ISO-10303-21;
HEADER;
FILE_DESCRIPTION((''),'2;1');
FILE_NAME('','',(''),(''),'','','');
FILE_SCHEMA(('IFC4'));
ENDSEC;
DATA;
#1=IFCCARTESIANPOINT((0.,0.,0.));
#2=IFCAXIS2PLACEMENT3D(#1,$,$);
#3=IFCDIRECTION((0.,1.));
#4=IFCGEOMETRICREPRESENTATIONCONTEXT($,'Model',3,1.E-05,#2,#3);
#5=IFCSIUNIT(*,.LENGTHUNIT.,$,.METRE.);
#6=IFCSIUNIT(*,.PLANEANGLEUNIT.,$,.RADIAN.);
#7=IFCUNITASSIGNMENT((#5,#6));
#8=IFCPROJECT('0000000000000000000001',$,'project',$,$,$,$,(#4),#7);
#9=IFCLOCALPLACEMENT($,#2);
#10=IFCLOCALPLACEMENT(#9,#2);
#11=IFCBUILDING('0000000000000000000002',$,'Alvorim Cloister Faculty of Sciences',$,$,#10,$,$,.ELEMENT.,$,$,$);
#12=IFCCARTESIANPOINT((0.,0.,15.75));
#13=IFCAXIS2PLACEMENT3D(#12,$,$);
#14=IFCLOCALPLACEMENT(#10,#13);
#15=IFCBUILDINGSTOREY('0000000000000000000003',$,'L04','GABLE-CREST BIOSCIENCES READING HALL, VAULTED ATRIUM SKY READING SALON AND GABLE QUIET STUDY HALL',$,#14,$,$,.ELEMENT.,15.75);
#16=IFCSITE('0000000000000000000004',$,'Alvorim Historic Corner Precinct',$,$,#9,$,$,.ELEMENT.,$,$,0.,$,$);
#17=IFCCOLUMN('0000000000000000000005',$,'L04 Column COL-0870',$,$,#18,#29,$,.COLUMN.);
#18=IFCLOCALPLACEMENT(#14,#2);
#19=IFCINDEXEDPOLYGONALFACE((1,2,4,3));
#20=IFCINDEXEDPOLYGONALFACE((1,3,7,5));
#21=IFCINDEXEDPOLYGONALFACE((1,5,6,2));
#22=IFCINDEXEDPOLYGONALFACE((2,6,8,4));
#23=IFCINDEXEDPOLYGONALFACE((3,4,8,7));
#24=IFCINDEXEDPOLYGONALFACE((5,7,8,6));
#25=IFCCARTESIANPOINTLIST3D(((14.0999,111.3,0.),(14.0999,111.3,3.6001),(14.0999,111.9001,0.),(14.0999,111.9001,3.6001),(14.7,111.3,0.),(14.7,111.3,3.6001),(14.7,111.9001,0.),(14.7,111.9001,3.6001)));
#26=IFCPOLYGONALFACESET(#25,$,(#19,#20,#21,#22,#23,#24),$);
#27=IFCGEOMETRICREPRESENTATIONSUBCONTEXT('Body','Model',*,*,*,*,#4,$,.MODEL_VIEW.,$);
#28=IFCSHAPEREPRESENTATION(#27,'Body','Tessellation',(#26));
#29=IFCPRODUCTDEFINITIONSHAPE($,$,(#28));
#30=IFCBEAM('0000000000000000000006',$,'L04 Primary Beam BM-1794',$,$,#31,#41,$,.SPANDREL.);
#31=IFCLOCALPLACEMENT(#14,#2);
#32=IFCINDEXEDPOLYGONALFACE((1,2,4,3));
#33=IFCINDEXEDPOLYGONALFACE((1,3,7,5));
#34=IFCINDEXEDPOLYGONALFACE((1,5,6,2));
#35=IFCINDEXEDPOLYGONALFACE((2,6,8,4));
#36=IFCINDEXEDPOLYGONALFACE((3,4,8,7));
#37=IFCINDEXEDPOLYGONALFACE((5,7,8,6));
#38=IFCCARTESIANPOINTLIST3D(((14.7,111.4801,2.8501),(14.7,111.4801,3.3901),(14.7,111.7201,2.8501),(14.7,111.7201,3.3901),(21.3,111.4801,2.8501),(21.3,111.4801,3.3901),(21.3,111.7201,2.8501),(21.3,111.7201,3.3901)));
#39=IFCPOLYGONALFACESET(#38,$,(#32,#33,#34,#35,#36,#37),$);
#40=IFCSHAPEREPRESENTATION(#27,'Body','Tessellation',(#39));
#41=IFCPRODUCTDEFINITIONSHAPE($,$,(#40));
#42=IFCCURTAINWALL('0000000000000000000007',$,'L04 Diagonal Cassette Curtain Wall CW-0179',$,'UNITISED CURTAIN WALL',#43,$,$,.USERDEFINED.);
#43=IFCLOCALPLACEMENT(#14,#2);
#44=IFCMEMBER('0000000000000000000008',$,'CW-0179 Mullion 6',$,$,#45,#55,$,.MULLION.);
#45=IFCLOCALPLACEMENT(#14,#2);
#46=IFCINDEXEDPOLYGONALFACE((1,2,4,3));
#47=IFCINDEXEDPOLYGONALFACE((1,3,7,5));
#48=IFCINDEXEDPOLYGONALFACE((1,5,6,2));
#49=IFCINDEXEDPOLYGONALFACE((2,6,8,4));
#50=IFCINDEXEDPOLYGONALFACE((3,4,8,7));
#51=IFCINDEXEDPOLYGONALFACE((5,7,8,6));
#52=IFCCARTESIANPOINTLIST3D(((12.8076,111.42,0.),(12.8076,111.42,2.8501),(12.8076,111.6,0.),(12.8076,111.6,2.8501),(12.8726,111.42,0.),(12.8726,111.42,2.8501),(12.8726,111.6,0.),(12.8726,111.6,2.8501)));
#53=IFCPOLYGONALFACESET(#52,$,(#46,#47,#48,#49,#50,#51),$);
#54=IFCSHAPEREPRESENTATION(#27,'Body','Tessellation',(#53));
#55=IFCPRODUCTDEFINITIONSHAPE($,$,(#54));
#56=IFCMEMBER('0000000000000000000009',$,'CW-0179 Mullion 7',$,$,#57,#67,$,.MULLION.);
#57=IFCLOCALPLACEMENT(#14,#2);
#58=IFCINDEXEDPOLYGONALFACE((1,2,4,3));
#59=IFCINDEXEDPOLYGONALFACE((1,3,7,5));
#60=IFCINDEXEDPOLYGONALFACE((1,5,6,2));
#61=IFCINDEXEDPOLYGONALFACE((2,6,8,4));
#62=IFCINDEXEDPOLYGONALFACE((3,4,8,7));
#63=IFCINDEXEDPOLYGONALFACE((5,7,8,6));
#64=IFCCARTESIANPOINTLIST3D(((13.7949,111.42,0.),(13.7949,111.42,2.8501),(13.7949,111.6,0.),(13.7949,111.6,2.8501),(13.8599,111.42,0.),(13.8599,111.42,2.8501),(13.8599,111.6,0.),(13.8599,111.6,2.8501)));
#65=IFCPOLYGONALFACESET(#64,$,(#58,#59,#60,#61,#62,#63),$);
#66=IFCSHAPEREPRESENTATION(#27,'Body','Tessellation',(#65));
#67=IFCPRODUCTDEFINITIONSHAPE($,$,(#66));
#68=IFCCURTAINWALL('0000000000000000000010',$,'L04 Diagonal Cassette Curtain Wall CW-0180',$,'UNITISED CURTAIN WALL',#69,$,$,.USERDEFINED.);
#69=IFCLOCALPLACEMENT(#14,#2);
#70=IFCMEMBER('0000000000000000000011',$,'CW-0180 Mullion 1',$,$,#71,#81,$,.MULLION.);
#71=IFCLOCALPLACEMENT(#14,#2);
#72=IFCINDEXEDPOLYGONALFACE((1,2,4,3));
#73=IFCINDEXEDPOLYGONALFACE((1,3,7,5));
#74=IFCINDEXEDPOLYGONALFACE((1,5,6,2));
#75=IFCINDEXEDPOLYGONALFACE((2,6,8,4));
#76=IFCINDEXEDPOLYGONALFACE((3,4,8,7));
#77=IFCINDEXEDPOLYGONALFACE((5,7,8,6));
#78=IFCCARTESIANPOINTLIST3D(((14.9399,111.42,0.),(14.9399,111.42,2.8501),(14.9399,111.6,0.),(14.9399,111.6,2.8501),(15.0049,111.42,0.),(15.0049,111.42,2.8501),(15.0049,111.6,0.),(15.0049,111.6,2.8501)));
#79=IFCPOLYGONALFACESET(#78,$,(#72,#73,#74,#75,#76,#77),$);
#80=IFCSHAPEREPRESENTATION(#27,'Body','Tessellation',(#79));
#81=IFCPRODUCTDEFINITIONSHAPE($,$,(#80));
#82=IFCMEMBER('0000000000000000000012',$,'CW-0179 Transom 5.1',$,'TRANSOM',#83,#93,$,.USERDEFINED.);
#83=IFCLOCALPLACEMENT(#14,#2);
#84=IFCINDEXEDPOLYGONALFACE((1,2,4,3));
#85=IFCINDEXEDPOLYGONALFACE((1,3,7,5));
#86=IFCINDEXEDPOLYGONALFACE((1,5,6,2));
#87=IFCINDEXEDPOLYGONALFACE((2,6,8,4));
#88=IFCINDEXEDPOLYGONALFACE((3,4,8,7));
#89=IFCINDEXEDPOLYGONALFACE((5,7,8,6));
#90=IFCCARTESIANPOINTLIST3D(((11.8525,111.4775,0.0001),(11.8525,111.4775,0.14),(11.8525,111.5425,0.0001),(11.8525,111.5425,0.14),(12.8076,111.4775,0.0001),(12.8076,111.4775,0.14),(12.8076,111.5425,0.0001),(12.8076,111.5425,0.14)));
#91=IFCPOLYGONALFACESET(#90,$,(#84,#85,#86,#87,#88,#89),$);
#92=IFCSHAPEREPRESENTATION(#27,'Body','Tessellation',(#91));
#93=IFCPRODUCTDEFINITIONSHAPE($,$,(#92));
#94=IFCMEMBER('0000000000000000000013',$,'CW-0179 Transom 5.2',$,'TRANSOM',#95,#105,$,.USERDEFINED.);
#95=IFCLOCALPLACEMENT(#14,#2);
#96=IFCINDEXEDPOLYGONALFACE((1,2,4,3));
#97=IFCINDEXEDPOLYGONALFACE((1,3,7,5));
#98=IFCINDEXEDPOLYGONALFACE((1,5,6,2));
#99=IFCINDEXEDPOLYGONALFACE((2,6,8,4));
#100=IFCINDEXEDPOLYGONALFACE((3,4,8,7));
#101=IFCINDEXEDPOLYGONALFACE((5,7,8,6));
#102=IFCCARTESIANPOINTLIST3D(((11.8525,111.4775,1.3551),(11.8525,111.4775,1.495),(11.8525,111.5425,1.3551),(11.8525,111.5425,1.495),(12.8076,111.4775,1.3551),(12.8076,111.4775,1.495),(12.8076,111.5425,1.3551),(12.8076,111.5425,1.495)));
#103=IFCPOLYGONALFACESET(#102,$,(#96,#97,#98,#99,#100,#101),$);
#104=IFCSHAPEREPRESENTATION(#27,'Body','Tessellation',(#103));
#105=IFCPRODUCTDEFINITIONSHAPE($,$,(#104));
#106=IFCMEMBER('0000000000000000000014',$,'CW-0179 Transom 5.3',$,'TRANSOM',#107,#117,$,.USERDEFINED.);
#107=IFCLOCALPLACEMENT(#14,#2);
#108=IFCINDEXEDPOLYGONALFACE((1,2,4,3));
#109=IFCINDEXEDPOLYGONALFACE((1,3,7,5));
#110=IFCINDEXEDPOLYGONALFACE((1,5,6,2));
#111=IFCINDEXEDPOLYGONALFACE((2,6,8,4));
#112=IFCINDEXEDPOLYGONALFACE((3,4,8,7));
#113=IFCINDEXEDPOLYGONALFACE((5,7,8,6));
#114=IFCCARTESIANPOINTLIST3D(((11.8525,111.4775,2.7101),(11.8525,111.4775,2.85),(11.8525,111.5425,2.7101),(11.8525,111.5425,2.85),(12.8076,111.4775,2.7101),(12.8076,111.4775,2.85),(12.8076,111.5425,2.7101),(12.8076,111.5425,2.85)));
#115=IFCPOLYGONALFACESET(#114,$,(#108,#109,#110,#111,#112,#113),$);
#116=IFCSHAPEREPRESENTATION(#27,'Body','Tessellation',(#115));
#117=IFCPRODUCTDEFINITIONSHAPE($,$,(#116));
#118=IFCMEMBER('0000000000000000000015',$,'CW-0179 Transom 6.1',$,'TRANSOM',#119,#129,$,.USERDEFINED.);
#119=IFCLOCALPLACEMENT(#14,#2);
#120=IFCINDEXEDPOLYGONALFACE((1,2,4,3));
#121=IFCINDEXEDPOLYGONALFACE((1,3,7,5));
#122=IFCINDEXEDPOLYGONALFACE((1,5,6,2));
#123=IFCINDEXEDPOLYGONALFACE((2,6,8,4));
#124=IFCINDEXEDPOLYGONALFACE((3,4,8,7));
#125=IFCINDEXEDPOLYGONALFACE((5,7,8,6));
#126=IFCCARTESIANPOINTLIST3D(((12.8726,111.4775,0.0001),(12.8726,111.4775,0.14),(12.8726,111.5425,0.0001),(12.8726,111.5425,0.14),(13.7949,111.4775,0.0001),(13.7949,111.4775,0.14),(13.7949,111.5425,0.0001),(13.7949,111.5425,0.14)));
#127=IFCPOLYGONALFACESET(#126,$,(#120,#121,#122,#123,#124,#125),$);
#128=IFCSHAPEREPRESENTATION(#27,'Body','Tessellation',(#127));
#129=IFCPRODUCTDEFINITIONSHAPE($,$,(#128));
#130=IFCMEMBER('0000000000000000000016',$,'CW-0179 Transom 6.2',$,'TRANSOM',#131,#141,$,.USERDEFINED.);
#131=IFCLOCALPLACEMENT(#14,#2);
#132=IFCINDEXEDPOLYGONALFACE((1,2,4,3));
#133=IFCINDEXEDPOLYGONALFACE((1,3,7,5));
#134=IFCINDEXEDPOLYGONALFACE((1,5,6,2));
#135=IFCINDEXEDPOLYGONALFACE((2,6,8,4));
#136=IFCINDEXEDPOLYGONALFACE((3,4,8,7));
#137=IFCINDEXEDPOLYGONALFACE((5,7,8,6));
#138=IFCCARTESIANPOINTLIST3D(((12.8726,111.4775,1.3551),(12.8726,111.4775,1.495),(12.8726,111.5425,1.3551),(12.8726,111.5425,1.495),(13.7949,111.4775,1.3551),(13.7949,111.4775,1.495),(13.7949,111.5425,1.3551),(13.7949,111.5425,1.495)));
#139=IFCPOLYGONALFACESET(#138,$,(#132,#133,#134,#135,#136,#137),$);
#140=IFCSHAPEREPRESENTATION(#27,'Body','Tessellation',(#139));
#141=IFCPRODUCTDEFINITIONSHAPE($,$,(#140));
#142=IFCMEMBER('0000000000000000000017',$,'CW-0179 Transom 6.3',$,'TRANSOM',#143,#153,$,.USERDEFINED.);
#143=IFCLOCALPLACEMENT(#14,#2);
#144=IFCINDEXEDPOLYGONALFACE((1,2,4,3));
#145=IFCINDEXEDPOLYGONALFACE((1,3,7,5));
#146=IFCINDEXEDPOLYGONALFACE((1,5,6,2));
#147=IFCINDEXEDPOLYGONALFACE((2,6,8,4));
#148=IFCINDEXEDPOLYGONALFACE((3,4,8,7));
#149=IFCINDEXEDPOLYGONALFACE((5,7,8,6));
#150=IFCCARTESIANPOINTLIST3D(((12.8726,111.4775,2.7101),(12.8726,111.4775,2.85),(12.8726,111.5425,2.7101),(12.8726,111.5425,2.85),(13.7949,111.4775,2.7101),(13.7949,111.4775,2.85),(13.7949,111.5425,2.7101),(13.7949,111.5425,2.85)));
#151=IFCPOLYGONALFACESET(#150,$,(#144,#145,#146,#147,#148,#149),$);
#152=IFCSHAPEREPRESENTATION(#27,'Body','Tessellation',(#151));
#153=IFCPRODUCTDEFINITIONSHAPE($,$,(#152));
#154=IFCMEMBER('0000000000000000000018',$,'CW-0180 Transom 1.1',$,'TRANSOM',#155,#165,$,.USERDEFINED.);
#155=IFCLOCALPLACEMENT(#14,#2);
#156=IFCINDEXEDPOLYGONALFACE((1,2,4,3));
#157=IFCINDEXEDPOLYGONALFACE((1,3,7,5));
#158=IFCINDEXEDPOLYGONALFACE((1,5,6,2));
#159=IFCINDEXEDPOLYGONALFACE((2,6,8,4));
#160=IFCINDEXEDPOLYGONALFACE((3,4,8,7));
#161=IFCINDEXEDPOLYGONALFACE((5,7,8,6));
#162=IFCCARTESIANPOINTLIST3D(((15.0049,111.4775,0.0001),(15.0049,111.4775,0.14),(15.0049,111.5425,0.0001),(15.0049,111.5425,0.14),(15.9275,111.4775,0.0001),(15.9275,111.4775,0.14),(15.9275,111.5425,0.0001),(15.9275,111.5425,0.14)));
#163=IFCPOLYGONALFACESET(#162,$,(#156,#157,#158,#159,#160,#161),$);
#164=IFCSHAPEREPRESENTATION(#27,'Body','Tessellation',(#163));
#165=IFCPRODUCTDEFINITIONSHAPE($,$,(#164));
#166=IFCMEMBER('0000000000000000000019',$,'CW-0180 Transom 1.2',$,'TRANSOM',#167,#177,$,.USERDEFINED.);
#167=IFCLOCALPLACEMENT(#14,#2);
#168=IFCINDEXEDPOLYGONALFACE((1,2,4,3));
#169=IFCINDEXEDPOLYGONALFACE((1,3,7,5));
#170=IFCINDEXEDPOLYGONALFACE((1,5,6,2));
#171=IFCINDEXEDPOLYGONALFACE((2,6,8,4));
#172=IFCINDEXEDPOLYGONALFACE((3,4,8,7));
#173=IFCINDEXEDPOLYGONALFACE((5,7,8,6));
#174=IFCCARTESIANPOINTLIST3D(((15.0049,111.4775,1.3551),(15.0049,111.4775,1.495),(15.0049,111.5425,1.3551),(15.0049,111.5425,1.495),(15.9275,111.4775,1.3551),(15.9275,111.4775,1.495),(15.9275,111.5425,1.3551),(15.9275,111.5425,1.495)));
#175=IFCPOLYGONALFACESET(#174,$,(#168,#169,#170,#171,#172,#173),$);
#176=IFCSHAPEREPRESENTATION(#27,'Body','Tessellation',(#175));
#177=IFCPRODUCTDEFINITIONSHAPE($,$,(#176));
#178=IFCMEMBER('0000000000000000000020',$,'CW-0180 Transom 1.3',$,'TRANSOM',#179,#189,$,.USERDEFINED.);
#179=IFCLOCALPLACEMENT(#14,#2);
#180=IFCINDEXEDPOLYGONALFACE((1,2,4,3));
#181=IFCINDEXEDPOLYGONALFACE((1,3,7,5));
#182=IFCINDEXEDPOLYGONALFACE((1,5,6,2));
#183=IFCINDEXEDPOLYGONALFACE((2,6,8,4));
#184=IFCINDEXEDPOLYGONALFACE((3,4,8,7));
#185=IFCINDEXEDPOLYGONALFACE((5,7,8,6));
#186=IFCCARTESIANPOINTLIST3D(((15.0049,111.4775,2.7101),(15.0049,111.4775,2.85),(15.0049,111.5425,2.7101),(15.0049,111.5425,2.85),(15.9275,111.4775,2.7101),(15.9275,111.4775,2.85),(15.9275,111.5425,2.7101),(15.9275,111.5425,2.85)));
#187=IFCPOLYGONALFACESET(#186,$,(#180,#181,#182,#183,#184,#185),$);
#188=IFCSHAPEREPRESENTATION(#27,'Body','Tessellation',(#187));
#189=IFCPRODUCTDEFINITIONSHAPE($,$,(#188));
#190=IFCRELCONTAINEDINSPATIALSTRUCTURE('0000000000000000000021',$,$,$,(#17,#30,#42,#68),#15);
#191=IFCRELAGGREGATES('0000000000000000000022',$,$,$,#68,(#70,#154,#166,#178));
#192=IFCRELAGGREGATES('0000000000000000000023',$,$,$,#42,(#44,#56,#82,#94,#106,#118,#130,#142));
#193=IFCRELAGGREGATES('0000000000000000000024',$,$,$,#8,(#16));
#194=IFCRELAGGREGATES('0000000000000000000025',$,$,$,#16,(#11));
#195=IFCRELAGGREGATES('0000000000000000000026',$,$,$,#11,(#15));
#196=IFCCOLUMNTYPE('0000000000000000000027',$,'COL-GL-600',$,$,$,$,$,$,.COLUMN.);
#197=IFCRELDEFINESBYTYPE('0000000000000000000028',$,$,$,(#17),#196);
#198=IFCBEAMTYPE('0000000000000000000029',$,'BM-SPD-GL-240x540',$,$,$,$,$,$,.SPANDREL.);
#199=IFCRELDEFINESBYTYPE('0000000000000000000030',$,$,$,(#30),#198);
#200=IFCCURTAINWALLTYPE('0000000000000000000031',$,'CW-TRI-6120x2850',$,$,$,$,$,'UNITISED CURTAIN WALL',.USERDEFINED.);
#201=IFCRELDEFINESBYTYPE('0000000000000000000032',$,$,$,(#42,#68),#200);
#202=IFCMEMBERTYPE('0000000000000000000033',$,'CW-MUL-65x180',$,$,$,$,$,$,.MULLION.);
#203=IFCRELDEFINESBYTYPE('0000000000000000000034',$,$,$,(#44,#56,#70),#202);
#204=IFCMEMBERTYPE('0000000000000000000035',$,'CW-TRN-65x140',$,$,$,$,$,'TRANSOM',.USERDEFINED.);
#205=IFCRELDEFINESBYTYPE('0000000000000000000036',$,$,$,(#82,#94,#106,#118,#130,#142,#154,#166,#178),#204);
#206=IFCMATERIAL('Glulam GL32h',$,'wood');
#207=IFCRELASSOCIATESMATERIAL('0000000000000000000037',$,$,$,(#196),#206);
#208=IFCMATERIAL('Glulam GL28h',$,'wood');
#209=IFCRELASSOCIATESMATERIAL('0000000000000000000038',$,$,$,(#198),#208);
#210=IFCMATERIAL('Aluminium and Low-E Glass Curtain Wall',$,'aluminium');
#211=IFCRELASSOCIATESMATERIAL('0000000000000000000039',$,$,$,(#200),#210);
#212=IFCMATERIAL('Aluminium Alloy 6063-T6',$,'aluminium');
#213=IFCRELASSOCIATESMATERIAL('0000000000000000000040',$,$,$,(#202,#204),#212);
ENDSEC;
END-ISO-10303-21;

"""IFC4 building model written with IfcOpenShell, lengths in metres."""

from ifc_helpers import new_model, si_unit, direction, frame, origin, origin_2d, place, context, subcontext, project, spatial, rectangle, extrude, material, material_profile, profile_set, type_object, element, aggregate, save


model = new_model("IFC4")

# Units and contexts
model_context = context("Model", 3, precision=1e-05, world=origin(), true_north=direction((0.0, 1.0)))
body_context = subcontext(model_context, "Body", "Model", "MODEL_VIEW")
ifc_project = project(units=[si_unit("LENGTHUNIT", "METRE"), si_unit("PLANEANGLEUNIT", "RADIAN")], contexts=[model_context])

# Site, building, storey
site_placement = place(None, origin())
site = spatial("IfcSite", under=ifc_project, at=site_placement, Name="Alvorim Historic Corner Precinct", CompositionType="ELEMENT", RefElevation=0.0)
building_placement = place(site_placement, origin())
building = spatial("IfcBuilding", under=site, at=building_placement, Name="Alvorim Cloister Faculty of Sciences", CompositionType="ELEMENT")
storey_placement = place(building_placement, frame((0.0, 0.0, 15.75)))
storey = spatial("IfcBuildingStorey", under=building, at=storey_placement, Name="L04", Description="GABLE-CREST BIOSCIENCES READING HALL, VAULTED ATRIUM SKY READING SALON AND GABLE QUIET STUDY HALL", CompositionType="ELEMENT", Elevation=15.75)

# Column
ifc_material_1 = material(Name="Glulam GL32h", Category="wood")
ifc_material_profile_1 = material_profile(ifc_material_1, rectangle(XDim=0.6001, YDim=0.6001, at=origin_2d()), Name="GL32-COL-600x600")
ifc_profile_set_1 = profile_set([ifc_material_profile_1], Name="Glulam GL32h")
column_type = type_object("IfcColumnType", Name="COL-GL-600", PredefinedType="COLUMN", material=ifc_profile_set_1)
column_placement = place(storey_placement, frame((14.3999, 111.6001, 0.0), z_axis=(0.0, 0.0, 1.0), x_axis=(1.0, 0.0, 0.0)))
element("IfcColumn", 1, at=column_placement, inside=storey, type_object=column_type, Name="L04 Column COL-0870", PredefinedType="COLUMN", context=body_context, shape_type="SweptSolid", body=[
    extrude(rectangle(XDim=0.6001, YDim=0.6001, at=origin_2d()), origin(), (0.0, 0.0, 1.0), 3.6001),
])

# Beam
ifc_material_2 = material(Name="Glulam GL28h", Category="wood")
ifc_material_profile_2 = material_profile(ifc_material_2, rectangle(XDim=0.24, YDim=0.54, at=origin_2d()), Name="GL28-SPD-240x540")
ifc_profile_set_2 = profile_set([ifc_material_profile_2], Name="Glulam GL28h")
beam_type = type_object("IfcBeamType", Name="BM-SPD-GL-240x540", PredefinedType="SPANDREL", material=ifc_profile_set_2)
beam_placement = place(storey_placement, frame((14.7, 111.6001, 3.1201), z_axis=(1.0, 0.0, 0.0), x_axis=(0.0, 1.0, 0.0)))
element("IfcBeam", 2, at=beam_placement, inside=storey, type_object=beam_type, Name="L04 Primary Beam BM-1794", PredefinedType="SPANDREL", context=body_context, shape_type="SweptSolid", body=[
    extrude(rectangle(XDim=0.24, YDim=0.54, at=origin_2d()), origin(), (0.0, 0.0, 1.0), 6.6001),
])

# Curtain wall, members
ifc_material_3 = material(Name="Aluminium and Low-E Glass Curtain Wall", Category="aluminium")
curtain_wall_type = type_object("IfcCurtainWallType", Name="CW-TRI-6120x2850", ElementType="UNITISED CURTAIN WALL", PredefinedType="USERDEFINED", material=ifc_material_3)
curtain_wall_1_placement = place(storey_placement, origin())
curtain_wall_1 = element("IfcCurtainWall", 3, at=curtain_wall_1_placement, inside=storey, type_object=curtain_wall_type, Name="L04 Diagonal Cassette Curtain Wall CW-0179", ObjectType="UNITISED CURTAIN WALL", PredefinedType="USERDEFINED")
ifc_material_4 = material(Name="Aluminium Alloy 6063-T6", Category="aluminium")
ifc_material_profile_3 = material_profile(ifc_material_4, rectangle(XDim=0.0649, YDim=0.1799, at=origin_2d()), Name="ALU-MUL-65x180")
ifc_profile_set_3 = profile_set([ifc_material_profile_3], Name="Aluminium Alloy 6063-T6")
member_type_1 = type_object("IfcMemberType", Name="CW-MUL-65x180", PredefinedType="MULLION", material=ifc_profile_set_3)
member_1_placement = place(storey_placement, frame((12.8401, 111.51, 0.0), z_axis=(0.0, 0.0, 1.0), x_axis=(1.0, 0.0, 0.0)))
member_1 = element("IfcMember", 4, at=member_1_placement, type_object=member_type_1, Name="CW-0179 Mullion 6", PredefinedType="MULLION", context=body_context, shape_type="SweptSolid", body=[
    extrude(rectangle(XDim=0.0649, YDim=0.1799, at=origin_2d()), origin(), (0.0, 0.0, 1.0), 2.8501),
])
member_2_placement = place(storey_placement, frame((13.8274, 111.51, 0.0), z_axis=(0.0, 0.0, 1.0), x_axis=(1.0, 0.0, 0.0)))
member_2 = element("IfcMember", 5, at=member_2_placement, type_object=member_type_1, Name="CW-0179 Mullion 7", PredefinedType="MULLION", context=body_context, shape_type="SweptSolid", body=[
    extrude(rectangle(XDim=0.0649, YDim=0.1799, at=origin_2d()), origin(), (0.0, 0.0, 1.0), 2.8501),
])

# Curtain wall, member
curtain_wall_2_placement = place(storey_placement, origin())
curtain_wall_2 = element("IfcCurtainWall", 6, at=curtain_wall_2_placement, inside=storey, type_object=curtain_wall_type, Name="L04 Diagonal Cassette Curtain Wall CW-0180", ObjectType="UNITISED CURTAIN WALL", PredefinedType="USERDEFINED")
member_3_placement = place(storey_placement, frame((14.9724, 111.51, 0.0), z_axis=(0.0, 0.0, 1.0), x_axis=(1.0, 0.0, 0.0)))
member_3 = element("IfcMember", 7, at=member_3_placement, type_object=member_type_1, Name="CW-0180 Mullion 1", PredefinedType="MULLION", context=body_context, shape_type="SweptSolid", body=[
    extrude(rectangle(XDim=0.0649, YDim=0.1799, at=origin_2d()), origin(), (0.0, 0.0, 1.0), 2.8501),
])

# Members
ifc_material_profile_4 = material_profile(ifc_material_4, rectangle(XDim=0.0649, YDim=0.1399, at=origin_2d()), Name="ALU-TRN-65x140")
ifc_profile_set_4 = profile_set([ifc_material_profile_4], Name="Aluminium Alloy 6063-T6")
member_type_2 = type_object("IfcMemberType", Name="CW-TRN-65x140", ElementType="TRANSOM", PredefinedType="USERDEFINED", material=ifc_profile_set_4)
member_4_placement = place(storey_placement, frame((11.8525, 111.51, 0.0701), z_axis=(1.0, 0.0, 0.0), x_axis=(0.0, 1.0, 0.0)))
member_4 = element("IfcMember", 8, at=member_4_placement, type_object=member_type_2, Name="CW-0179 Transom 5.1", ObjectType="TRANSOM", PredefinedType="USERDEFINED", context=body_context, shape_type="SweptSolid", body=[
    extrude(rectangle(XDim=0.0649, YDim=0.1399, at=origin_2d()), origin(), (0.0, 0.0, 1.0), 0.9551),
])
member_5_placement = place(storey_placement, frame((11.8525, 111.51, 1.425), z_axis=(1.0, 0.0, 0.0), x_axis=(0.0, 1.0, 0.0)))
member_5 = element("IfcMember", 9, at=member_5_placement, type_object=member_type_2, Name="CW-0179 Transom 5.2", ObjectType="TRANSOM", PredefinedType="USERDEFINED", context=body_context, shape_type="SweptSolid", body=[
    extrude(rectangle(XDim=0.0649, YDim=0.1399, at=origin_2d()), origin(), (0.0, 0.0, 1.0), 0.9551),
])
member_6_placement = place(storey_placement, frame((11.8525, 111.51, 2.78), z_axis=(1.0, 0.0, 0.0), x_axis=(0.0, 1.0, 0.0)))
member_6 = element("IfcMember", 10, at=member_6_placement, type_object=member_type_2, Name="CW-0179 Transom 5.3", ObjectType="TRANSOM", PredefinedType="USERDEFINED", context=body_context, shape_type="SweptSolid", body=[
    extrude(rectangle(XDim=0.0649, YDim=0.1399, at=origin_2d()), origin(), (0.0, 0.0, 1.0), 0.9551),
])
member_7_placement = place(storey_placement, frame((12.8726, 111.51, 0.0701), z_axis=(1.0, 0.0, 0.0), x_axis=(0.0, 1.0, 0.0)))
member_7 = element("IfcMember", 11, at=member_7_placement, type_object=member_type_2, Name="CW-0179 Transom 6.1", ObjectType="TRANSOM", PredefinedType="USERDEFINED", context=body_context, shape_type="SweptSolid", body=[
    extrude(rectangle(XDim=0.0649, YDim=0.1399, at=origin_2d()), origin(), (0.0, 0.0, 1.0), 0.9224),
])
member_8_placement = place(storey_placement, frame((12.8726, 111.51, 1.425), z_axis=(1.0, 0.0, 0.0), x_axis=(0.0, 1.0, 0.0)))
member_8 = element("IfcMember", 12, at=member_8_placement, type_object=member_type_2, Name="CW-0179 Transom 6.2", ObjectType="TRANSOM", PredefinedType="USERDEFINED", context=body_context, shape_type="SweptSolid", body=[
    extrude(rectangle(XDim=0.0649, YDim=0.1399, at=origin_2d()), origin(), (0.0, 0.0, 1.0), 0.9224),
])
member_9_placement = place(storey_placement, frame((12.8726, 111.51, 2.78), z_axis=(1.0, 0.0, 0.0), x_axis=(0.0, 1.0, 0.0)))
member_9 = element("IfcMember", 13, at=member_9_placement, type_object=member_type_2, Name="CW-0179 Transom 6.3", ObjectType="TRANSOM", PredefinedType="USERDEFINED", context=body_context, shape_type="SweptSolid", body=[
    extrude(rectangle(XDim=0.0649, YDim=0.1399, at=origin_2d()), origin(), (0.0, 0.0, 1.0), 0.9224),
])
member_10_placement = place(storey_placement, frame((15.0049, 111.51, 0.0701), z_axis=(1.0, 0.0, 0.0), x_axis=(0.0, 1.0, 0.0)))
member_10 = element("IfcMember", 14, at=member_10_placement, type_object=member_type_2, Name="CW-0180 Transom 1.1", ObjectType="TRANSOM", PredefinedType="USERDEFINED", context=body_context, shape_type="SweptSolid", body=[
    extrude(rectangle(XDim=0.0649, YDim=0.1399, at=origin_2d()), origin(), (0.0, 0.0, 1.0), 0.9226),
])
member_11_placement = place(storey_placement, frame((15.0049, 111.51, 1.425), z_axis=(1.0, 0.0, 0.0), x_axis=(0.0, 1.0, 0.0)))
member_11 = element("IfcMember", 15, at=member_11_placement, type_object=member_type_2, Name="CW-0180 Transom 1.2", ObjectType="TRANSOM", PredefinedType="USERDEFINED", context=body_context, shape_type="SweptSolid", body=[
    extrude(rectangle(XDim=0.0649, YDim=0.1399, at=origin_2d()), origin(), (0.0, 0.0, 1.0), 0.9226),
])
member_12_placement = place(storey_placement, frame((15.0049, 111.51, 2.78), z_axis=(1.0, 0.0, 0.0), x_axis=(0.0, 1.0, 0.0)))
member_12 = element("IfcMember", 16, at=member_12_placement, type_object=member_type_2, Name="CW-0180 Transom 1.3", ObjectType="TRANSOM", PredefinedType="USERDEFINED", context=body_context, shape_type="SweptSolid", body=[
    extrude(rectangle(XDim=0.0649, YDim=0.1399, at=origin_2d()), origin(), (0.0, 0.0, 1.0), 0.9226),
])
aggregate(curtain_wall_2, [member_3, member_10, member_11, member_12])

aggregate(curtain_wall_1, [member_1, member_2, member_4, member_5, member_6, member_7, member_8, member_9])

save(model, "model.ifc")
